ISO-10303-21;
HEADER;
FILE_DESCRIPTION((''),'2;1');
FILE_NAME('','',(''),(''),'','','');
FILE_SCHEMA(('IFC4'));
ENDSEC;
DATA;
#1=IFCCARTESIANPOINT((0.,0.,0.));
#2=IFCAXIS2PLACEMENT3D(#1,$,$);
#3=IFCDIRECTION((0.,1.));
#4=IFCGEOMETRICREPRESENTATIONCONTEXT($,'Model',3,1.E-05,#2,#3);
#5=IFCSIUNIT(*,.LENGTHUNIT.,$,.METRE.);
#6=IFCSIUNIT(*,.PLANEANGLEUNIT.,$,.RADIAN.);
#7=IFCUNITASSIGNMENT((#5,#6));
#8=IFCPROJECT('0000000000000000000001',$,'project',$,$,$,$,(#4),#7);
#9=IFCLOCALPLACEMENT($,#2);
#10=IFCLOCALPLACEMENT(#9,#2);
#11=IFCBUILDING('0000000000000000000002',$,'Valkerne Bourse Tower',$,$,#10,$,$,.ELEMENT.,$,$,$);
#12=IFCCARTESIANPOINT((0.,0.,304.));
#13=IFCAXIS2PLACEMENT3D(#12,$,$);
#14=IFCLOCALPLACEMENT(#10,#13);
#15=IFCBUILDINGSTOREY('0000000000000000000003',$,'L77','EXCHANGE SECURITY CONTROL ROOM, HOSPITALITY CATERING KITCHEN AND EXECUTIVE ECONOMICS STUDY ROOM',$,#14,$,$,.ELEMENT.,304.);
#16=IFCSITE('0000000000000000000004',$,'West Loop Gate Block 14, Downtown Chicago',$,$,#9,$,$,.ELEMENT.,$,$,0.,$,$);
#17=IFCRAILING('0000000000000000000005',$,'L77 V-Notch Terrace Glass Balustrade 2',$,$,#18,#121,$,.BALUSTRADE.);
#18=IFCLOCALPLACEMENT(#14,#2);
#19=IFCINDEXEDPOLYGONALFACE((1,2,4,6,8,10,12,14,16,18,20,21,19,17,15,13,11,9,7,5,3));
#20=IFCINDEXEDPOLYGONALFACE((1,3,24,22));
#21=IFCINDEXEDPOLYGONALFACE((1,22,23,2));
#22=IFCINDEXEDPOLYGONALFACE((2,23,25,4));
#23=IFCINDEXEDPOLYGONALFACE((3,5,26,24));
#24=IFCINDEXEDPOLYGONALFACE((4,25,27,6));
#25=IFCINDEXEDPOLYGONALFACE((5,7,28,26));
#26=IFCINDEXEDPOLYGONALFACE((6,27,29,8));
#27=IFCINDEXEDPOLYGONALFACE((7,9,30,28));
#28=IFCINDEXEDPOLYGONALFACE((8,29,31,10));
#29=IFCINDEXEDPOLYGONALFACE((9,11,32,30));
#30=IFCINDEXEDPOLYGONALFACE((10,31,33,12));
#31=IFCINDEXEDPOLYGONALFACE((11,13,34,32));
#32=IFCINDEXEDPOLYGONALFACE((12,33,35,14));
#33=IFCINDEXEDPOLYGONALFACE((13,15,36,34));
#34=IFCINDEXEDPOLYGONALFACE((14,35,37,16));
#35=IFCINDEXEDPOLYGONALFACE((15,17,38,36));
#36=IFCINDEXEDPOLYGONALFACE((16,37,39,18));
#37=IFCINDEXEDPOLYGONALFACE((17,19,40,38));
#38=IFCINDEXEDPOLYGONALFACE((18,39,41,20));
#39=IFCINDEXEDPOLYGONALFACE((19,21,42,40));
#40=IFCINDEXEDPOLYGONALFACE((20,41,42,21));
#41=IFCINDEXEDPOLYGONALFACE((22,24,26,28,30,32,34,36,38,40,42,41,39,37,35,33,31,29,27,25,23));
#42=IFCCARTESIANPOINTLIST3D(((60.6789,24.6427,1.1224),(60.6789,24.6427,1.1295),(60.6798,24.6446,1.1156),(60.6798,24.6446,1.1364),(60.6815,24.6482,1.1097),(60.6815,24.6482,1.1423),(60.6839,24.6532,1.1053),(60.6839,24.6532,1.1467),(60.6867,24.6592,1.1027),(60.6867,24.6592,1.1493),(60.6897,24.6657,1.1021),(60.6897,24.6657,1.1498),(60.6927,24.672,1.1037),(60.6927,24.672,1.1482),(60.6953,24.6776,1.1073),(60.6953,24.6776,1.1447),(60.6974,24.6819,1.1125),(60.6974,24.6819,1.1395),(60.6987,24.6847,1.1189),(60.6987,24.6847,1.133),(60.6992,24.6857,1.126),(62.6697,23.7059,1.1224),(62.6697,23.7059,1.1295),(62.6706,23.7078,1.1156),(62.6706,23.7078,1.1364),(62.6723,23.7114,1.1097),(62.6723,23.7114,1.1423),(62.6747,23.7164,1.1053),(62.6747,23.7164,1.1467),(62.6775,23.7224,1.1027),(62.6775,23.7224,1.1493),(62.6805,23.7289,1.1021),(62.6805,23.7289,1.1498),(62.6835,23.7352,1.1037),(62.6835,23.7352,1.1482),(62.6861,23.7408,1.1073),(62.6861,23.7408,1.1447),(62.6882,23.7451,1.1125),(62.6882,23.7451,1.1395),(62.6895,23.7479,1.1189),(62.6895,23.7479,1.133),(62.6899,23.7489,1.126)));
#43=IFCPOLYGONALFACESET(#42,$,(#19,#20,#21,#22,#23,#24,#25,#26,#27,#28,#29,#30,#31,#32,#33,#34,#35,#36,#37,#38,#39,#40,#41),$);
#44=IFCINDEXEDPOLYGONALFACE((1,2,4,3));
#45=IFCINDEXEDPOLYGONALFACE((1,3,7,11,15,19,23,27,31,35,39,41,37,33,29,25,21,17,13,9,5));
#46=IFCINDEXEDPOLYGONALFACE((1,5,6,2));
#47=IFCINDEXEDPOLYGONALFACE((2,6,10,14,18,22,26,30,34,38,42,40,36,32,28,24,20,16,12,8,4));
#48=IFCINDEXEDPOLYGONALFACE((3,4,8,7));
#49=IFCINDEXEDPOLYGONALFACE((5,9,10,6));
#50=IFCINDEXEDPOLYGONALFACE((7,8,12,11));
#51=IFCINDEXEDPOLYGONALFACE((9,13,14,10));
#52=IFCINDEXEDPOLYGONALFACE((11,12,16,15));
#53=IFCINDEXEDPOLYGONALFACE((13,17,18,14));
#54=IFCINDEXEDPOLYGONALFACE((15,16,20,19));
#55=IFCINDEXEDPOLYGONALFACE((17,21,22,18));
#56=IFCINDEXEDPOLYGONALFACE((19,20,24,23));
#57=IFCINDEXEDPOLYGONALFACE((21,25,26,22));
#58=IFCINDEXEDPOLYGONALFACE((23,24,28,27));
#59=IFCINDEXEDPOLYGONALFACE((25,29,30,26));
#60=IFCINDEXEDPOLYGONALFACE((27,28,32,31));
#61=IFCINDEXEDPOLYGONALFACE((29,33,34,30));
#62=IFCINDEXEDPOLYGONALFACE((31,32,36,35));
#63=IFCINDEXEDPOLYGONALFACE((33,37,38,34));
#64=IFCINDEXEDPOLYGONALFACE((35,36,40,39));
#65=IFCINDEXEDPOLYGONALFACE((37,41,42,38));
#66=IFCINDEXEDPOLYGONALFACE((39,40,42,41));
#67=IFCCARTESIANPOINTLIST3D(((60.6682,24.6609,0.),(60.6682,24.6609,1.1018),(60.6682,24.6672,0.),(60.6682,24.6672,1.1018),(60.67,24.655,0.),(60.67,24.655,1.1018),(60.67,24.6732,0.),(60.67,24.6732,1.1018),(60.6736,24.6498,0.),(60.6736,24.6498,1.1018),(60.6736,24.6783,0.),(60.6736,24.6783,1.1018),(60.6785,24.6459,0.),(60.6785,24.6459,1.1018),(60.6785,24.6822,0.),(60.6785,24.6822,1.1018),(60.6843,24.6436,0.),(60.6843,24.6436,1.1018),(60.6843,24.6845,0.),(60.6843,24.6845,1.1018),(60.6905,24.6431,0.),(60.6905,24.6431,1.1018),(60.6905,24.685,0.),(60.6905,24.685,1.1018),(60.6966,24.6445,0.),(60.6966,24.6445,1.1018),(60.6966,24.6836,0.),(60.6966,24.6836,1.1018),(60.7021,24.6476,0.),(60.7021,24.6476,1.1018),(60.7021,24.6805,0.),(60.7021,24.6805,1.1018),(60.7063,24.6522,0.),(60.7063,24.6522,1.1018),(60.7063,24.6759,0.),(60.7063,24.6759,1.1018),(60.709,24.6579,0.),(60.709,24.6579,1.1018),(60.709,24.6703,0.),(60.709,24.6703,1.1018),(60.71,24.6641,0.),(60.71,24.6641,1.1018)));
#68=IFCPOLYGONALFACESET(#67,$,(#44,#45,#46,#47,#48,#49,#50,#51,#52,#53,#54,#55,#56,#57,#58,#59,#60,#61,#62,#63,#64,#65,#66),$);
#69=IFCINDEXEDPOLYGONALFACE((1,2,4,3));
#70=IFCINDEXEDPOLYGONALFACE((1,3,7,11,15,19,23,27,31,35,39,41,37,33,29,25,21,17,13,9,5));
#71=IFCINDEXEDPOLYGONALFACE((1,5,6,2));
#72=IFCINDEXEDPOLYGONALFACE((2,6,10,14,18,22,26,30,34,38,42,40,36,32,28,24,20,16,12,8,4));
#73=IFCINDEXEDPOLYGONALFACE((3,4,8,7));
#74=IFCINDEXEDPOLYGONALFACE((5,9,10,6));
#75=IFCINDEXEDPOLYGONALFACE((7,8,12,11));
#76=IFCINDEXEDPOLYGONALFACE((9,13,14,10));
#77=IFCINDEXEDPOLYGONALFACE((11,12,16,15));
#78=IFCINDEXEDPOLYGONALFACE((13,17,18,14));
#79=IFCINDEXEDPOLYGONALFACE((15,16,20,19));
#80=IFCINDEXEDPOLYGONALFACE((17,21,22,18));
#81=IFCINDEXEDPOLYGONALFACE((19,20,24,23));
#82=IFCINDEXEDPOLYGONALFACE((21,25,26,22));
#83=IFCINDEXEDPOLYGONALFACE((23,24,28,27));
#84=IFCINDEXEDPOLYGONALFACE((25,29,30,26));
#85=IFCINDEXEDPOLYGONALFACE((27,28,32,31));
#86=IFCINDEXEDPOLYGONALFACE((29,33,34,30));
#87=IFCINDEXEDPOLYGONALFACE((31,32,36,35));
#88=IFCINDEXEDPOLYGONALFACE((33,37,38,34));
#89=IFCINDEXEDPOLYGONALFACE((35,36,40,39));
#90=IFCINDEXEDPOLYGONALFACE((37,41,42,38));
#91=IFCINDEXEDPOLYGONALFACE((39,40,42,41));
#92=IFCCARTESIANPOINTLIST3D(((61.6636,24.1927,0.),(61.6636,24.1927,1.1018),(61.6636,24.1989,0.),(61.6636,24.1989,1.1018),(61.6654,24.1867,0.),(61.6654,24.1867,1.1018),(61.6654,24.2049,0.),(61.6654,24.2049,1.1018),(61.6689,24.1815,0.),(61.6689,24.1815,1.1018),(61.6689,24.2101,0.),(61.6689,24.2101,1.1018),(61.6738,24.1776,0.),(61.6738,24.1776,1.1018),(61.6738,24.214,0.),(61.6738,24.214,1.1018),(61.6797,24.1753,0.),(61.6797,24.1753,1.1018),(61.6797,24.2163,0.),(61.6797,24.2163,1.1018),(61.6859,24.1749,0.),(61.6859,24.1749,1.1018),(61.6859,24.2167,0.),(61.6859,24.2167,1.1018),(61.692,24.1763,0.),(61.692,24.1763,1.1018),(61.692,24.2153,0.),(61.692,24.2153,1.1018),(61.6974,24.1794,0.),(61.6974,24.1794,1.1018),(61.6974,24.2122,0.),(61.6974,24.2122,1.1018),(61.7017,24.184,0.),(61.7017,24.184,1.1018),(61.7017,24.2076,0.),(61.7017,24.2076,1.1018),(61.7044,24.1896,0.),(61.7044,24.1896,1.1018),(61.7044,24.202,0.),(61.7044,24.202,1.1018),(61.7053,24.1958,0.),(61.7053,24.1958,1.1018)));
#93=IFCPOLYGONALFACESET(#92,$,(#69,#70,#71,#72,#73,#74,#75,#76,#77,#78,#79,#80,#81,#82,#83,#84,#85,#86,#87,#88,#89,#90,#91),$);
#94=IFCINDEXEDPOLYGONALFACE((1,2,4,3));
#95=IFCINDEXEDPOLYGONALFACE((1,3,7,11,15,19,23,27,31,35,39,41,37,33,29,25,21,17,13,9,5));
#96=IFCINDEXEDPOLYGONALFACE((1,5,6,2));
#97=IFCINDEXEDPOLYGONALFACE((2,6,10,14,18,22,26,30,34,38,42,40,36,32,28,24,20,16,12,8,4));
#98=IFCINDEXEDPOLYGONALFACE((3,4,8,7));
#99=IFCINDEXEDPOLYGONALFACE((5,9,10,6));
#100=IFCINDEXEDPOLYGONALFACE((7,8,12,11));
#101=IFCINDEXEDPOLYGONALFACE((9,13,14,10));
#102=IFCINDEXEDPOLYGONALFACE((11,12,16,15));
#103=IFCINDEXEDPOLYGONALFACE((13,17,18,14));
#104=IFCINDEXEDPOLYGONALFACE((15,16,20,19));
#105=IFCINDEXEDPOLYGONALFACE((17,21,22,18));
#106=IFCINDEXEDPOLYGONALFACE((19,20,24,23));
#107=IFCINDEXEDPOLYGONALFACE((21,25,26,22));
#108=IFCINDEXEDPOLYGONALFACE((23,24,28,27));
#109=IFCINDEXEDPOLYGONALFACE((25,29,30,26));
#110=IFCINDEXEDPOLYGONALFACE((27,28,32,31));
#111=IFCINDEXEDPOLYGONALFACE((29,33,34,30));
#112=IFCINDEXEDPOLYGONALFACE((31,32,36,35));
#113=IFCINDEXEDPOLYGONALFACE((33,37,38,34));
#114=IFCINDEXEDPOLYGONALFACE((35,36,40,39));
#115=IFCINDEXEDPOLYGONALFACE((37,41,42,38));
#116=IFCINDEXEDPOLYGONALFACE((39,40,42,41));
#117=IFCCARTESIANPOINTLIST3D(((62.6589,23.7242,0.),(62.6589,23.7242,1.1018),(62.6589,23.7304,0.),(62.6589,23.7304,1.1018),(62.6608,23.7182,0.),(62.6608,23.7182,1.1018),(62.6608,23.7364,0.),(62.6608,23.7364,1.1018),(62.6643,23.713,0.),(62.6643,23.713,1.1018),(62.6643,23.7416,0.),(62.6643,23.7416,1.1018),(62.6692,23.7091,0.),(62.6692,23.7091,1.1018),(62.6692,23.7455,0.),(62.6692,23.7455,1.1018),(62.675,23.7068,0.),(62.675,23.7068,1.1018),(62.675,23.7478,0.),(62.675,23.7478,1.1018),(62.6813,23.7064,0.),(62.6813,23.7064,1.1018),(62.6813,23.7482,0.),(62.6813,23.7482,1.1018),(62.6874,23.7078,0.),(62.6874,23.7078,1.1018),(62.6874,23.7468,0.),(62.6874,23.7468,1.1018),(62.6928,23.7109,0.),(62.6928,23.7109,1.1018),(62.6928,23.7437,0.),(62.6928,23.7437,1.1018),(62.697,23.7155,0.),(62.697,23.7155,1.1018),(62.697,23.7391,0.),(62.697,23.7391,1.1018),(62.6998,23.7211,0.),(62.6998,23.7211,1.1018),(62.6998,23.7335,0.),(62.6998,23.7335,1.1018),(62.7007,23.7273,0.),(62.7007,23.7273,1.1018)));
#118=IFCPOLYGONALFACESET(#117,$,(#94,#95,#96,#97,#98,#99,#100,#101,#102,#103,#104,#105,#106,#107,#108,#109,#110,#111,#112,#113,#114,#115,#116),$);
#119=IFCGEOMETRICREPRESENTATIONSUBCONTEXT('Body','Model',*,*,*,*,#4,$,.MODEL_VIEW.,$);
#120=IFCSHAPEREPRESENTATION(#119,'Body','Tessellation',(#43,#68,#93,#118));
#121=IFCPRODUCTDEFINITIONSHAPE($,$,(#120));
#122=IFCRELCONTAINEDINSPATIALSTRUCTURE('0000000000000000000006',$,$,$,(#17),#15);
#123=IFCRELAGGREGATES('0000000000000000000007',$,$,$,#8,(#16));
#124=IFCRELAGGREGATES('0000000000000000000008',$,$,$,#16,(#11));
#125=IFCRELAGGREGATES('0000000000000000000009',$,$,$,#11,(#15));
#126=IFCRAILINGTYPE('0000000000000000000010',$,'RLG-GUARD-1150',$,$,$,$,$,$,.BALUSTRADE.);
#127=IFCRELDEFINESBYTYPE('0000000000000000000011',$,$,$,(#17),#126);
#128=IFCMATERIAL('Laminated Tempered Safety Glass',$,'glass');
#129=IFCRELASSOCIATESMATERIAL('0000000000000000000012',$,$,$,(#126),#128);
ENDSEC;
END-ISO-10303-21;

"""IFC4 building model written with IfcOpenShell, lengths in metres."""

from ifc_helpers import new_model, si_unit, direction, frame, origin, origin_2d, place, context, subcontext, project, spatial, circle, extrude, material, type_object, element, save


model = new_model("IFC4")

# Units and contexts
model_context = context("Model", 3, precision=1e-05, world=origin(), true_north=direction((0.0, 1.0)))
body_context = subcontext(model_context, "Body", "Model", "MODEL_VIEW")
ifc_project = project(units=[si_unit("LENGTHUNIT", "METRE"), si_unit("PLANEANGLEUNIT", "RADIAN")], contexts=[model_context])

# Site, building, storey
site_placement = place(None, origin())
site = spatial("IfcSite", under=ifc_project, at=site_placement, Name="West Loop Gate Block 14, Downtown Chicago", CompositionType="ELEMENT", RefElevation=0.0)
building_placement = place(site_placement, origin())
building = spatial("IfcBuilding", under=site, at=building_placement, Name="Valkerne Bourse Tower", CompositionType="ELEMENT")
storey_placement = place(building_placement, frame((0.0, 0.0, 304.0)))
storey = spatial("IfcBuildingStorey", under=building, at=storey_placement, Name="L77", Description="EXCHANGE SECURITY CONTROL ROOM, HOSPITALITY CATERING KITCHEN AND EXECUTIVE ECONOMICS STUDY ROOM", CompositionType="ELEMENT", Elevation=304.0)

# Railing
ifc_material_1 = material(Name="Laminated Tempered Safety Glass", Category="glass")
railing_type = type_object("IfcRailingType", Name="RLG-GUARD-1150", PredefinedType="BALUSTRADE", material=ifc_material_1)
railing_1_placement = place(storey_placement, frame((60.689, 24.6641, 0.0)))
element("IfcRailing", 1, at=railing_1_placement, inside=storey, type_object=railing_type, Name="L77 V-Notch Terrace Glass Balustrade 2", PredefinedType="BALUSTRADE", context=body_context, shape_type="SweptSolid", body=[
    extrude(circle(Radius=0.0239, at=origin_2d()), frame((0.0, 0.0, 1.126), z_axis=(0.904826, -0.425781, 0.0), x_axis=(0.425781, 0.904826, 0.0)), (0.0, 0.0, 1.0), 2.2002),
    extrude(circle(Radius=0.021, at=origin_2d()), origin(), (0.0, 0.0, 1.0), 1.1018),
    extrude(circle(Radius=0.021, at=origin_2d()), frame((0.9954, -0.4683, 0.0)), (0.0, 0.0, 1.0), 1.1018),
    extrude(circle(Radius=0.021, at=origin_2d()), frame((1.9907, -0.9368, 0.0)), (0.0, 0.0, 1.0), 1.1018),
])

save(model, "model.ifc")
